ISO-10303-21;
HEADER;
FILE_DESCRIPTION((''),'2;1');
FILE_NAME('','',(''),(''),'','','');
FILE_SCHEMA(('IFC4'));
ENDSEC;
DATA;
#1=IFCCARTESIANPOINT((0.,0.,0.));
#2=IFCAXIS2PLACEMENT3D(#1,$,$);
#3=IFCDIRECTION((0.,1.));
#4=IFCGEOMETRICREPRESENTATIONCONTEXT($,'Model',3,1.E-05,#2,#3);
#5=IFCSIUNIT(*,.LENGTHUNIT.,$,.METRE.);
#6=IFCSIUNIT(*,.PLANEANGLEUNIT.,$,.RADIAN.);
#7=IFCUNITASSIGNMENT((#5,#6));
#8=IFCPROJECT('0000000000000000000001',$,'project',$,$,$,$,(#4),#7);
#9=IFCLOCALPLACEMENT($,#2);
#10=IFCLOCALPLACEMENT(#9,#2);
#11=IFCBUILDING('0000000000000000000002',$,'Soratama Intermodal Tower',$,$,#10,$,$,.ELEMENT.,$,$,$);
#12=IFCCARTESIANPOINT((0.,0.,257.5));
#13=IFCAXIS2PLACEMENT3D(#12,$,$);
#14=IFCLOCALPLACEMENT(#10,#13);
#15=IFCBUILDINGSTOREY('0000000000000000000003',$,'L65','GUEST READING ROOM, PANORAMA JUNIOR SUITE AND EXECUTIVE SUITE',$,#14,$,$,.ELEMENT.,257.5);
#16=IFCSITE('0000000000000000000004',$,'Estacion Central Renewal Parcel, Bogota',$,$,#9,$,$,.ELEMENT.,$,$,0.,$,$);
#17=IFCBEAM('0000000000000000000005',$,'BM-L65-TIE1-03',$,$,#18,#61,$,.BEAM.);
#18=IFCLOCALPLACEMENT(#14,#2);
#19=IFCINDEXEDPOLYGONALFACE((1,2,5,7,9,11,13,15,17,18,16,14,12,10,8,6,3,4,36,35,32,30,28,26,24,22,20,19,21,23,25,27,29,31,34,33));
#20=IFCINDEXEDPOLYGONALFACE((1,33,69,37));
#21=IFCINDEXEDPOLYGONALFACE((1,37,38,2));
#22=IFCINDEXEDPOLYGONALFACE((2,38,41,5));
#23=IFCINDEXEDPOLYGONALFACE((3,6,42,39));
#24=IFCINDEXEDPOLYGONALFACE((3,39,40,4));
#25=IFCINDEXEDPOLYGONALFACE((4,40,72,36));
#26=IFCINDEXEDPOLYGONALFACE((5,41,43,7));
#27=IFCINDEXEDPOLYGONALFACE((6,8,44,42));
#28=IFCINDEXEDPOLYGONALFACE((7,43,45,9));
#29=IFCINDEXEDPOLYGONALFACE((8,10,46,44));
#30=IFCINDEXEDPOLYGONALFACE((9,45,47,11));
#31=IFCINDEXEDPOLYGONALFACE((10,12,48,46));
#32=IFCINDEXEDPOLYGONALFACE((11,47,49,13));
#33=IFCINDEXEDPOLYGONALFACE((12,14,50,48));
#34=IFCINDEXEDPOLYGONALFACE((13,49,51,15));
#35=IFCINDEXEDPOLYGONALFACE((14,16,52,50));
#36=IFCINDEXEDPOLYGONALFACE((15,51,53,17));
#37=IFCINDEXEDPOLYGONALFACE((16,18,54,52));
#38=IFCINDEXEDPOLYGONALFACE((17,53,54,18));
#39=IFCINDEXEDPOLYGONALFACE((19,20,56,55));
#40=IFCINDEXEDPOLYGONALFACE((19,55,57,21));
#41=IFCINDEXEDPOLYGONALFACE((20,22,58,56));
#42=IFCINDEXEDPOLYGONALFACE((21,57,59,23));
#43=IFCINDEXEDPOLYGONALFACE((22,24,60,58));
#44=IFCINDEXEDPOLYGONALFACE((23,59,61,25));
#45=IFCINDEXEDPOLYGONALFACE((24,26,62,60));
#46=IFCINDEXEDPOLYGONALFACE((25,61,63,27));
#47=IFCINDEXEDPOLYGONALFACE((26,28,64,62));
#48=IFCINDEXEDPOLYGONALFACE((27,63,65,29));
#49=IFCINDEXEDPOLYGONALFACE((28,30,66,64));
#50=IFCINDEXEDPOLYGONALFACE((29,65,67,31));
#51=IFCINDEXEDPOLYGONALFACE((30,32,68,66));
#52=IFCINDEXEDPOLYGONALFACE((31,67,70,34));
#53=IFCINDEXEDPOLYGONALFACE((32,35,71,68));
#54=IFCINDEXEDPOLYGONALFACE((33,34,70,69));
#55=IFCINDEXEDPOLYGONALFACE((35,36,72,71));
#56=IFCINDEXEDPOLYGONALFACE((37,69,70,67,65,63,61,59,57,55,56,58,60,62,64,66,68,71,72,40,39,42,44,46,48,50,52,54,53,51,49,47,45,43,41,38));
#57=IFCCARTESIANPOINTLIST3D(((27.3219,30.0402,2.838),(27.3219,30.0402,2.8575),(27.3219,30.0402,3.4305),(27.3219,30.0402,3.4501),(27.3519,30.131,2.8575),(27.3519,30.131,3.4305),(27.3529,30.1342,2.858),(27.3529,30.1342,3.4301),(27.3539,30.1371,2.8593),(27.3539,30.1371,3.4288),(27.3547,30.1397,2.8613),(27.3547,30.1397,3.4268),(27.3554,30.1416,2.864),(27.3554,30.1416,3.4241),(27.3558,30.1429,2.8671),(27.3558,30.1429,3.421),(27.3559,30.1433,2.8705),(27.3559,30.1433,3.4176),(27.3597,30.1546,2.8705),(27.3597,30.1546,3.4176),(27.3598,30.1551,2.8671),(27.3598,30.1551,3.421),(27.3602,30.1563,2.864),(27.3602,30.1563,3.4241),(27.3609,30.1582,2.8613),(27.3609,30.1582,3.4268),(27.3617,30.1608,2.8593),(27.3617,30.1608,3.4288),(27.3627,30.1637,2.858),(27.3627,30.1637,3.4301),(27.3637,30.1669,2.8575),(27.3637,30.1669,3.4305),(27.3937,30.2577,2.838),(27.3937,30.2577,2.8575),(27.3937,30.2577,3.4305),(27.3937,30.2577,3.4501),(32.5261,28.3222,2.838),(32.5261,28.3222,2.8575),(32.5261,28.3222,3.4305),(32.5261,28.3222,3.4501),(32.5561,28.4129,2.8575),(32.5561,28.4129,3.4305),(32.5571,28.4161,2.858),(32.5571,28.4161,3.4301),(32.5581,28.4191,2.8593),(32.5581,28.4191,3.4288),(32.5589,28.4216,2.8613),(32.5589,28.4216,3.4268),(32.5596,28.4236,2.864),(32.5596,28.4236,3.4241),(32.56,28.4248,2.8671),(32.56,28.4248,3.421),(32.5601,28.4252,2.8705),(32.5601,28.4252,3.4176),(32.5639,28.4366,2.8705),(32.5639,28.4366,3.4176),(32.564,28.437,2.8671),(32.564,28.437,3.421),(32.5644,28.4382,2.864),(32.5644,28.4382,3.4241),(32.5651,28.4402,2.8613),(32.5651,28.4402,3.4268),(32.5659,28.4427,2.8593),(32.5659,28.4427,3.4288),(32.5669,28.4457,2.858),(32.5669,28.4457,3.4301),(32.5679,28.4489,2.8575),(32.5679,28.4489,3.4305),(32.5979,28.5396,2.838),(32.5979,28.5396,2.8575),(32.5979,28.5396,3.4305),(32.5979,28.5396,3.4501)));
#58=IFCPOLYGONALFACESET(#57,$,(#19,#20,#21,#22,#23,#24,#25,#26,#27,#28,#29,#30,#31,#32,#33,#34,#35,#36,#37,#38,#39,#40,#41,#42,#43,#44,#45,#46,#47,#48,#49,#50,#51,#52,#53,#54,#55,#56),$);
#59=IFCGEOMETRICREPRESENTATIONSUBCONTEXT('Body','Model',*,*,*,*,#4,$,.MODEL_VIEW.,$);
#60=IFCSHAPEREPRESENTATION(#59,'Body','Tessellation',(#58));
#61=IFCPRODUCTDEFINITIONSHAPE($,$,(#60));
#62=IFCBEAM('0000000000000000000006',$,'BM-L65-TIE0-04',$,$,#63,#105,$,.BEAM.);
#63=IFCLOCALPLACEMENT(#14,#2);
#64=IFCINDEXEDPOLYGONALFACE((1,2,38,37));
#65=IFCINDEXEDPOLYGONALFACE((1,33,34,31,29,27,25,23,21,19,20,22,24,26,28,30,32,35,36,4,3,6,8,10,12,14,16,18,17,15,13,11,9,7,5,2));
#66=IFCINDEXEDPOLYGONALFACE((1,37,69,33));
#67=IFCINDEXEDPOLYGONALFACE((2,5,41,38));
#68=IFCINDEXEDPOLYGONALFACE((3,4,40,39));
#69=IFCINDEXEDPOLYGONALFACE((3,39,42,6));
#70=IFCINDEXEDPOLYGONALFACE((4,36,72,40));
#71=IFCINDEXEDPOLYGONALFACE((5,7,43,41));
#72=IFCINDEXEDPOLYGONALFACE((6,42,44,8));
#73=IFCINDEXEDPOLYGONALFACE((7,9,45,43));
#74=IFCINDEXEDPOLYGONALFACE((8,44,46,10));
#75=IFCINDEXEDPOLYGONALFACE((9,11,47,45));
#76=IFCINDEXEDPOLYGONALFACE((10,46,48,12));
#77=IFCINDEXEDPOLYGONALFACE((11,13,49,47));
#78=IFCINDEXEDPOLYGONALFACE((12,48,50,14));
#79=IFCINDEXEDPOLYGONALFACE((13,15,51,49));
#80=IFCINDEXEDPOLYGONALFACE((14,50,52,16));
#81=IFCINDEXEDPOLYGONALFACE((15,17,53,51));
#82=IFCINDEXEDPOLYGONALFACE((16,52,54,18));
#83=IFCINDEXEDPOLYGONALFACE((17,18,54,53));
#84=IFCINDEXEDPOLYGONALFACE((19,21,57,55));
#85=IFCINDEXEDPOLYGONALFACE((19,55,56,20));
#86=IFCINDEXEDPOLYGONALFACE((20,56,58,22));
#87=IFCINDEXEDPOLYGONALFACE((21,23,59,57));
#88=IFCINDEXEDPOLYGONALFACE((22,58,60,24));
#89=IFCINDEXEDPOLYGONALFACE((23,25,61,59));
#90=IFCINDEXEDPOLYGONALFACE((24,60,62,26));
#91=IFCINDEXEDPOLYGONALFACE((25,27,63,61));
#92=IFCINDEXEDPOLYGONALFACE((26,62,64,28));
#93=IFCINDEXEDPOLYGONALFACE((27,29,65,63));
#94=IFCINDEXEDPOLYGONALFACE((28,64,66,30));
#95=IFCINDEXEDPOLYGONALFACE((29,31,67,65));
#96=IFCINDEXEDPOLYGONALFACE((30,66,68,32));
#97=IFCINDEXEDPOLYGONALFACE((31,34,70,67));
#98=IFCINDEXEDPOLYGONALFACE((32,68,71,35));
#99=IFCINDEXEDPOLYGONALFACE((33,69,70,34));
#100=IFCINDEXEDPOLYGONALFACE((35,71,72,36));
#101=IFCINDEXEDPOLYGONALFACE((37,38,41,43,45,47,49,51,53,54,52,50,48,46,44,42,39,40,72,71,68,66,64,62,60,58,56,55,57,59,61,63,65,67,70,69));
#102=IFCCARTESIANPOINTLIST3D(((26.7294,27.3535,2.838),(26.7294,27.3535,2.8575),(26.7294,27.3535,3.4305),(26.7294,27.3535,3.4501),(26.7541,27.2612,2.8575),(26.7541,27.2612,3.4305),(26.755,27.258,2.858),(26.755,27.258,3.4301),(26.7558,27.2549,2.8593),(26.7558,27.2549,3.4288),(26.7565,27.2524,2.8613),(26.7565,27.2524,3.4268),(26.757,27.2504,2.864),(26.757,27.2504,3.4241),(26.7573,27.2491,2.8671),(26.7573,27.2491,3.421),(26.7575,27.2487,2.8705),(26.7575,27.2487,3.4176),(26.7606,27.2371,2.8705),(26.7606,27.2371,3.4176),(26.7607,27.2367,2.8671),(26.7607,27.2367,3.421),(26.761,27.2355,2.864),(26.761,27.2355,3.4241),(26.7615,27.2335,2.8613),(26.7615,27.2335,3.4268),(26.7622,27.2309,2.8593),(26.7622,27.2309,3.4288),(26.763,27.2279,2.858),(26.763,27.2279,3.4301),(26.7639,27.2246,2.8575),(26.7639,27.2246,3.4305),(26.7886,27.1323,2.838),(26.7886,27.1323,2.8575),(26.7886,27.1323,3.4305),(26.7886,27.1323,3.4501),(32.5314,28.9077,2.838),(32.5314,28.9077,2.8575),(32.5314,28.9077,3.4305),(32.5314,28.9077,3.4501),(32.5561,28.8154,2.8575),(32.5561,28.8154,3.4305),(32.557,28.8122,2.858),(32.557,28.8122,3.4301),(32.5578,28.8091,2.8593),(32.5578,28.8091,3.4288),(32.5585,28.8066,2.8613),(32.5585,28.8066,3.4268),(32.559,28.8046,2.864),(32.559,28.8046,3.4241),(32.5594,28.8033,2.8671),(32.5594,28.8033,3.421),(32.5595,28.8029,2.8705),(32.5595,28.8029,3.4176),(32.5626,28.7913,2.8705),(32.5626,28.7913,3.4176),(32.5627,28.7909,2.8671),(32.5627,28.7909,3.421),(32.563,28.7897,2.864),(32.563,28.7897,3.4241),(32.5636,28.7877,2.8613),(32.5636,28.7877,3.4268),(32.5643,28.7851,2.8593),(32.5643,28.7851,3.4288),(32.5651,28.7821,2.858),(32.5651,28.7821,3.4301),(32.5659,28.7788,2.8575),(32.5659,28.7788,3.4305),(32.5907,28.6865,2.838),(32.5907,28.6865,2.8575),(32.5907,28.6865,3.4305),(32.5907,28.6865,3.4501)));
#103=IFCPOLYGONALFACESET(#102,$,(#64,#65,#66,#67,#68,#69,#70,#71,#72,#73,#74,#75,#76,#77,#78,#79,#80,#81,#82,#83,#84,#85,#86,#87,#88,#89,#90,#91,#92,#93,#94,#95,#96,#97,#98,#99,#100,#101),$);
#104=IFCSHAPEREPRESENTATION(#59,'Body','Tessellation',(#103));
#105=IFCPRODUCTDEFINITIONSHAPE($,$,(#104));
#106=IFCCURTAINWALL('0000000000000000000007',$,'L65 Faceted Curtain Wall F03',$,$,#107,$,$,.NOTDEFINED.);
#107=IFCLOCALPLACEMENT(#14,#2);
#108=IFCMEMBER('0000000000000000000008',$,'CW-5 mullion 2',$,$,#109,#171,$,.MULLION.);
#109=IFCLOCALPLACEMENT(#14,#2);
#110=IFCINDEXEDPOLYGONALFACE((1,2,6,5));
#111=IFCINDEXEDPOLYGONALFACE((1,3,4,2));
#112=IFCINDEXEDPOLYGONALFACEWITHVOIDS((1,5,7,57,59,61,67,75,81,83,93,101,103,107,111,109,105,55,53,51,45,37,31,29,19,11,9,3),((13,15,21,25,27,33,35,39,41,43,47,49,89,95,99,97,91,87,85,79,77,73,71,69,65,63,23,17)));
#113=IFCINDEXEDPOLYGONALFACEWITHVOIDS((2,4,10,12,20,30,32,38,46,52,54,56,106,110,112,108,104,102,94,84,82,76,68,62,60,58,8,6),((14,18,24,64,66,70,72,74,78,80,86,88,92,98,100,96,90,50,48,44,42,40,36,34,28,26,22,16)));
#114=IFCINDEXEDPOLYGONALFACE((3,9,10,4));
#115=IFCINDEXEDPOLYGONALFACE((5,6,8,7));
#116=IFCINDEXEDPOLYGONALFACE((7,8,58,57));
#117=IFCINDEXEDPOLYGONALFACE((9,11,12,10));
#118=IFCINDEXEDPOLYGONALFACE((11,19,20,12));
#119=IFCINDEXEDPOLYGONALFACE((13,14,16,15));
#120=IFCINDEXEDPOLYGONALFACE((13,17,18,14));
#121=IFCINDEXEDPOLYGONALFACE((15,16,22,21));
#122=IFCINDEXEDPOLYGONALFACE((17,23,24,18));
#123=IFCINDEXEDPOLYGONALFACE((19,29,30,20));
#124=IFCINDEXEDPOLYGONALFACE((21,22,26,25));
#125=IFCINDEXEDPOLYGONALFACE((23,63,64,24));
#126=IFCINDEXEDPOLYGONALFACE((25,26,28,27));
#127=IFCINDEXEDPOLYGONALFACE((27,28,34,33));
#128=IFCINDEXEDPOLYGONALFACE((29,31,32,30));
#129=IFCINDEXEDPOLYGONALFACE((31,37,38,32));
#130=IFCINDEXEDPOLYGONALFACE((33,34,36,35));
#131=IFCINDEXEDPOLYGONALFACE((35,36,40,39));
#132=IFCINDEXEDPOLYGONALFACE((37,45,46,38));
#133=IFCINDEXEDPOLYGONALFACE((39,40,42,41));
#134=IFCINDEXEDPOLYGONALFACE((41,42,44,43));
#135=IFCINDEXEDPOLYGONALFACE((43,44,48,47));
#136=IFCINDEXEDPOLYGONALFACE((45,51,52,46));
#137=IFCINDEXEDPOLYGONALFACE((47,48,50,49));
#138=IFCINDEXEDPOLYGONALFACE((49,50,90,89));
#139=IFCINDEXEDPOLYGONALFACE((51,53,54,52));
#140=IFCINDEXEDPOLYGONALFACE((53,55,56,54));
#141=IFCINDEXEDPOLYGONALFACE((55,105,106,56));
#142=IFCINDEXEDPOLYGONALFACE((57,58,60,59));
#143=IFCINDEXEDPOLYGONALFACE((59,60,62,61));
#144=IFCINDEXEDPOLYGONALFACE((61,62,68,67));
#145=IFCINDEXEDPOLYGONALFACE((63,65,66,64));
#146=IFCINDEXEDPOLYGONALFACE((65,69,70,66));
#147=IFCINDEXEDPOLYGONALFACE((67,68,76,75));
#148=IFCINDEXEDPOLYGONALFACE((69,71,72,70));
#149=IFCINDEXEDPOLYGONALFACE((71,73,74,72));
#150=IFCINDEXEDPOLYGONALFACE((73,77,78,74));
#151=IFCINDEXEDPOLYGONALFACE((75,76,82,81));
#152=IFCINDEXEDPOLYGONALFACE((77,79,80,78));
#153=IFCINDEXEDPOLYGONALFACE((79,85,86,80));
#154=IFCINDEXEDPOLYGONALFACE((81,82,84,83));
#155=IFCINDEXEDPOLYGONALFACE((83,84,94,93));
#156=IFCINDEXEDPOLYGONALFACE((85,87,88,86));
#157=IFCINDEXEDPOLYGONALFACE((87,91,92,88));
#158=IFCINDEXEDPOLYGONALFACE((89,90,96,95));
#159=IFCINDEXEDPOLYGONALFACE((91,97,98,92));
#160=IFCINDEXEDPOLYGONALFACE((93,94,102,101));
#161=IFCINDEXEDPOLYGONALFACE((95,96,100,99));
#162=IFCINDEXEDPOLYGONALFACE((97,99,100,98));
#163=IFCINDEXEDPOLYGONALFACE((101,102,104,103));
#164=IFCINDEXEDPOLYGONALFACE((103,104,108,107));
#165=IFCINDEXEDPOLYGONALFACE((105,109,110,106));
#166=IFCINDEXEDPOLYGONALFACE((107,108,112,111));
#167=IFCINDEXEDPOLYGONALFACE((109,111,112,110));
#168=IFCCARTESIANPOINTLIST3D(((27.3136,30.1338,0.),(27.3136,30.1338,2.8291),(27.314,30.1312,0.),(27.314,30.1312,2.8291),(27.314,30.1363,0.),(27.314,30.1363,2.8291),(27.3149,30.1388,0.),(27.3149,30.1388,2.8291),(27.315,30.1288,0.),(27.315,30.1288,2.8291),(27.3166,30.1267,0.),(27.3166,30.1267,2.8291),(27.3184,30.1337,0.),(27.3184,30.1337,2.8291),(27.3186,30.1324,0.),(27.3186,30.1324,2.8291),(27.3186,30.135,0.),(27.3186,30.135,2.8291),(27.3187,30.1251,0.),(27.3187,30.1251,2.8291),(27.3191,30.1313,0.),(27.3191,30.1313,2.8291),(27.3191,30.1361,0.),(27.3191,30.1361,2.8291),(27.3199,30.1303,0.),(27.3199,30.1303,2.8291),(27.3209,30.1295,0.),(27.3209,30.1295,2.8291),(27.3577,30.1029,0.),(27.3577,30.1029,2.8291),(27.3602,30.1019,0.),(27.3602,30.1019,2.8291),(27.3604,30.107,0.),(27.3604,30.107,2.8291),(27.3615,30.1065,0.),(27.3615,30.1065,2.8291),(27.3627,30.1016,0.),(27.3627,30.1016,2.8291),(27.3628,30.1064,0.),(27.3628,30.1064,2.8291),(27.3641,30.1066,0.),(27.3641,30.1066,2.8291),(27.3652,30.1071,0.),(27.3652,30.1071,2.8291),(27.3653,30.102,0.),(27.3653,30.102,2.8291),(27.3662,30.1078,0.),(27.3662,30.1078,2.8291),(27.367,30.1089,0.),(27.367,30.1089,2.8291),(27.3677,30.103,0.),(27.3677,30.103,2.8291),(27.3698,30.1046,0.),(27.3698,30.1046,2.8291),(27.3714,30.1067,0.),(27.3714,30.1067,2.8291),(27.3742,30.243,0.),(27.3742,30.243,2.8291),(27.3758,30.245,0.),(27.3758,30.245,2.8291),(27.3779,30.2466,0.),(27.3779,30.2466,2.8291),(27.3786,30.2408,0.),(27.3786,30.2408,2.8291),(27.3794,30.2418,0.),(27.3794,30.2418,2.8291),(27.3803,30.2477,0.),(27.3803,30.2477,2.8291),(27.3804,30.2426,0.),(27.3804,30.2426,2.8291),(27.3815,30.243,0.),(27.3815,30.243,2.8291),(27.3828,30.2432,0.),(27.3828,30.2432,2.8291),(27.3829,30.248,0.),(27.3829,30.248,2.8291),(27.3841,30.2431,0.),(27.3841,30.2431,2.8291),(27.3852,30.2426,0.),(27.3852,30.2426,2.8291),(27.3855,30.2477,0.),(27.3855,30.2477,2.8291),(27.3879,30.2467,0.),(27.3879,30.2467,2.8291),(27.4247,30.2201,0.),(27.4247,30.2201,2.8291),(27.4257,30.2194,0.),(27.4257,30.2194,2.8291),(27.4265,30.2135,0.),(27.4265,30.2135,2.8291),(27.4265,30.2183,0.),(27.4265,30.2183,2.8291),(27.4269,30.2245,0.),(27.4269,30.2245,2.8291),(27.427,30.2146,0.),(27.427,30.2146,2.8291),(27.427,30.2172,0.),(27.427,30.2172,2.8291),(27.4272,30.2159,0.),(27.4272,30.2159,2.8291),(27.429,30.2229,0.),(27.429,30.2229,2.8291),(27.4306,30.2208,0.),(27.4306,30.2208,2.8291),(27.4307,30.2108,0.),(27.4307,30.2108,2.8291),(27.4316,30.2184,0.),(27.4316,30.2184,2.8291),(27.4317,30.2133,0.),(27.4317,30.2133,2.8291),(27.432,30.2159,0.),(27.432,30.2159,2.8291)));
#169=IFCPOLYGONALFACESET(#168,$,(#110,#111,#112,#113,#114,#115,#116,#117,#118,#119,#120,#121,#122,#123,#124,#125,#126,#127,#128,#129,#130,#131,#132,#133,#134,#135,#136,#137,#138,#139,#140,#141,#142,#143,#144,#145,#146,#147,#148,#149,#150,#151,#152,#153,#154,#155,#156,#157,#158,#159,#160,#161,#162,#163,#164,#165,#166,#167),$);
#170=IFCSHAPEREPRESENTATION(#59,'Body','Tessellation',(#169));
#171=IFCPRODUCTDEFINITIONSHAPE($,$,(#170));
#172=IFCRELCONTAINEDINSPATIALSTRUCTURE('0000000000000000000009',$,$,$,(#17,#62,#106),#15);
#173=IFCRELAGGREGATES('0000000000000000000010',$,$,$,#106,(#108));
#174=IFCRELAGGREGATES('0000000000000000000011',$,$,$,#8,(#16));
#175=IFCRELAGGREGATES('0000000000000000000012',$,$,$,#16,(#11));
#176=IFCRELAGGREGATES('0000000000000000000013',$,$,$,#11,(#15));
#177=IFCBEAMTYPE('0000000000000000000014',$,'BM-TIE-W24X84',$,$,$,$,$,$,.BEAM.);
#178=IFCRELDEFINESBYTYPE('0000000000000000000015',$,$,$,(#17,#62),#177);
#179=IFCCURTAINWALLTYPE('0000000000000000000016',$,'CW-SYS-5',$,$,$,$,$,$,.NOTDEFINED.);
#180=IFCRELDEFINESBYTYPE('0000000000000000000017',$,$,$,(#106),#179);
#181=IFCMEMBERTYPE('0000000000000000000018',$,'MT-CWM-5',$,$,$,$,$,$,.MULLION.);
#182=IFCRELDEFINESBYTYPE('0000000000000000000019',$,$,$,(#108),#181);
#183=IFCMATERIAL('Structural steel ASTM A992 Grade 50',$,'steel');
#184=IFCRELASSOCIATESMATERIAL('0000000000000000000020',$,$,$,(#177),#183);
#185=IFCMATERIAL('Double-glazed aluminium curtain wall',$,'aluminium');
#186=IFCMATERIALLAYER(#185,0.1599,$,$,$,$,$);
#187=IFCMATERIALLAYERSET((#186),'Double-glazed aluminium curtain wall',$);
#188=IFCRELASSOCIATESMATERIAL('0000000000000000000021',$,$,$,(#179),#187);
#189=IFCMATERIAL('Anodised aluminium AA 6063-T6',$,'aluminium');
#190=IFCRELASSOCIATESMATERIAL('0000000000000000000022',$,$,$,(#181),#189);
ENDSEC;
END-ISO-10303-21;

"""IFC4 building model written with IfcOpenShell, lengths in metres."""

from ifc_helpers import new_model, si_unit, direction, frame, origin, origin_2d, place, context, subcontext, project, spatial, hollow_rectangle, i_section, extrude, material, layer, layer_set, material_profile, profile_set, type_object, element, aggregate, save


model = new_model("IFC4")

# Units and contexts
model_context = context("Model", 3, precision=1e-05, world=origin(), true_north=direction((0.0, 1.0)))
body_context = subcontext(model_context, "Body", "Model", "MODEL_VIEW")
ifc_project = project(units=[si_unit("LENGTHUNIT", "METRE"), si_unit("PLANEANGLEUNIT", "RADIAN")], contexts=[model_context])

# Site, building, storey
site_placement = place(None, origin())
site = spatial("IfcSite", under=ifc_project, at=site_placement, Name="Estacion Central Renewal Parcel, Bogota", CompositionType="ELEMENT", RefElevation=0.0)
building_placement = place(site_placement, origin())
building = spatial("IfcBuilding", under=site, at=building_placement, Name="Soratama Intermodal Tower", CompositionType="ELEMENT")
storey_placement = place(building_placement, frame((0.0, 0.0, 257.5)))
storey = spatial("IfcBuildingStorey", under=building, at=storey_placement, Name="L65", Description="GUEST READING ROOM, PANORAMA JUNIOR SUITE AND EXECUTIVE SUITE", CompositionType="ELEMENT", Elevation=257.5)

# Beams
ifc_material_1 = material(Name="Structural steel ASTM A992 Grade 50", Category="steel")
ifc_material_profile_1 = material_profile(ifc_material_1, i_section(OverallWidth=0.229, OverallDepth=0.6121, WebThickness=0.012, FlangeThickness=0.0195, FilletRadius=0.0129, at=origin_2d()), Name="W24X84")
ifc_profile_set_1 = profile_set([ifc_material_profile_1], Name="Structural steel ASTM A992 Grade 50")
beam_type_1 = type_object("IfcBeamType", Name="BM-TIE-W24X84", PredefinedType="BEAM", material=ifc_profile_set_1)
beam_1_placement = place(storey_placement, frame((32.562, 28.4309, 3.144), z_axis=(-0.949593, 0.313487, 0.0), x_axis=(-0.313487, -0.949593, 0.0)))
element("IfcBeam", 1, at=beam_1_placement, inside=storey, type_object=beam_type_1, Name="BM-L65-TIE1-03", PredefinedType="BEAM", context=body_context, shape_type="SweptSolid", body=[
    extrude(i_section(OverallWidth=0.229, OverallDepth=0.6121, WebThickness=0.012, FlangeThickness=0.0195, FilletRadius=0.0129, at=origin_2d()), origin(), (0.0, 0.0, 1.0), 5.4805),
])
beam_2_placement = place(storey_placement, frame((32.561, 28.7971, 3.144), z_axis=(-0.965944, -0.25875, 0.0), x_axis=(0.25875, -0.965944, 0.0)))
element("IfcBeam", 2, at=beam_2_placement, inside=storey, type_object=beam_type_1, Name="BM-L65-TIE0-04", PredefinedType="BEAM", context=body_context, shape_type="SweptSolid", body=[
    extrude(i_section(OverallWidth=0.229, OverallDepth=0.6121, WebThickness=0.012, FlangeThickness=0.0195, FilletRadius=0.0129, at=origin_2d()), origin(), (0.0, 0.0, 1.0), 6.0066),
])

# Curtain wall, member
ifc_material_2 = material(Name="Double-glazed aluminium curtain wall", Category="aluminium")
ifc_layer_1 = layer(ifc_material_2, 0.1599)
ifc_layer_set_1 = layer_set([ifc_layer_1], Name="Double-glazed aluminium curtain wall")
curtain_wall_type = type_object("IfcCurtainWallType", Name="CW-SYS-5", PredefinedType="NOTDEFINED", material=ifc_layer_set_1)
curtain_wall_placement = place(storey_placement, origin())
curtain_wall = element("IfcCurtainWall", 3, at=curtain_wall_placement, inside=storey, type_object=curtain_wall_type, Name="L65 Faceted Curtain Wall F03", PredefinedType="NOTDEFINED")
ifc_material_3 = material(Name="Anodised aluminium AA 6063-T6", Category="aluminium")
ifc_material_profile_2 = material_profile(ifc_material_3, hollow_rectangle(XDim=0.0649, YDim=0.1399, WallThickness=0.0049, InnerFilletRadius=0.0049, OuterFilletRadius=0.01, at=origin_2d()), Name="CWM140X65X5")
ifc_profile_set_2 = profile_set([ifc_material_profile_2], Name="Anodised aluminium AA 6063-T6")
member_type = type_object("IfcMemberType", Name="MT-CWM-5", PredefinedType="MULLION", material=ifc_profile_set_2)
member_placement = place(storey_placement, frame((27.3728, 30.1748, 0.0), z_axis=(0.0, 0.0, 1.0), x_axis=(0.869148, -0.494552, 0.0)))
member = element("IfcMember", 4, at=member_placement, type_object=member_type, Name="CW-5 mullion 2", PredefinedType="MULLION", context=body_context, shape_type="SweptSolid", body=[
    extrude(hollow_rectangle(XDim=0.0649, YDim=0.1399, WallThickness=0.0049, InnerFilletRadius=0.0049, OuterFilletRadius=0.01, at=origin_2d()), origin(), (0.0, 0.0, 1.0), 2.8291),
])
aggregate(curtain_wall, [member])

save(model, "model.ifc")
